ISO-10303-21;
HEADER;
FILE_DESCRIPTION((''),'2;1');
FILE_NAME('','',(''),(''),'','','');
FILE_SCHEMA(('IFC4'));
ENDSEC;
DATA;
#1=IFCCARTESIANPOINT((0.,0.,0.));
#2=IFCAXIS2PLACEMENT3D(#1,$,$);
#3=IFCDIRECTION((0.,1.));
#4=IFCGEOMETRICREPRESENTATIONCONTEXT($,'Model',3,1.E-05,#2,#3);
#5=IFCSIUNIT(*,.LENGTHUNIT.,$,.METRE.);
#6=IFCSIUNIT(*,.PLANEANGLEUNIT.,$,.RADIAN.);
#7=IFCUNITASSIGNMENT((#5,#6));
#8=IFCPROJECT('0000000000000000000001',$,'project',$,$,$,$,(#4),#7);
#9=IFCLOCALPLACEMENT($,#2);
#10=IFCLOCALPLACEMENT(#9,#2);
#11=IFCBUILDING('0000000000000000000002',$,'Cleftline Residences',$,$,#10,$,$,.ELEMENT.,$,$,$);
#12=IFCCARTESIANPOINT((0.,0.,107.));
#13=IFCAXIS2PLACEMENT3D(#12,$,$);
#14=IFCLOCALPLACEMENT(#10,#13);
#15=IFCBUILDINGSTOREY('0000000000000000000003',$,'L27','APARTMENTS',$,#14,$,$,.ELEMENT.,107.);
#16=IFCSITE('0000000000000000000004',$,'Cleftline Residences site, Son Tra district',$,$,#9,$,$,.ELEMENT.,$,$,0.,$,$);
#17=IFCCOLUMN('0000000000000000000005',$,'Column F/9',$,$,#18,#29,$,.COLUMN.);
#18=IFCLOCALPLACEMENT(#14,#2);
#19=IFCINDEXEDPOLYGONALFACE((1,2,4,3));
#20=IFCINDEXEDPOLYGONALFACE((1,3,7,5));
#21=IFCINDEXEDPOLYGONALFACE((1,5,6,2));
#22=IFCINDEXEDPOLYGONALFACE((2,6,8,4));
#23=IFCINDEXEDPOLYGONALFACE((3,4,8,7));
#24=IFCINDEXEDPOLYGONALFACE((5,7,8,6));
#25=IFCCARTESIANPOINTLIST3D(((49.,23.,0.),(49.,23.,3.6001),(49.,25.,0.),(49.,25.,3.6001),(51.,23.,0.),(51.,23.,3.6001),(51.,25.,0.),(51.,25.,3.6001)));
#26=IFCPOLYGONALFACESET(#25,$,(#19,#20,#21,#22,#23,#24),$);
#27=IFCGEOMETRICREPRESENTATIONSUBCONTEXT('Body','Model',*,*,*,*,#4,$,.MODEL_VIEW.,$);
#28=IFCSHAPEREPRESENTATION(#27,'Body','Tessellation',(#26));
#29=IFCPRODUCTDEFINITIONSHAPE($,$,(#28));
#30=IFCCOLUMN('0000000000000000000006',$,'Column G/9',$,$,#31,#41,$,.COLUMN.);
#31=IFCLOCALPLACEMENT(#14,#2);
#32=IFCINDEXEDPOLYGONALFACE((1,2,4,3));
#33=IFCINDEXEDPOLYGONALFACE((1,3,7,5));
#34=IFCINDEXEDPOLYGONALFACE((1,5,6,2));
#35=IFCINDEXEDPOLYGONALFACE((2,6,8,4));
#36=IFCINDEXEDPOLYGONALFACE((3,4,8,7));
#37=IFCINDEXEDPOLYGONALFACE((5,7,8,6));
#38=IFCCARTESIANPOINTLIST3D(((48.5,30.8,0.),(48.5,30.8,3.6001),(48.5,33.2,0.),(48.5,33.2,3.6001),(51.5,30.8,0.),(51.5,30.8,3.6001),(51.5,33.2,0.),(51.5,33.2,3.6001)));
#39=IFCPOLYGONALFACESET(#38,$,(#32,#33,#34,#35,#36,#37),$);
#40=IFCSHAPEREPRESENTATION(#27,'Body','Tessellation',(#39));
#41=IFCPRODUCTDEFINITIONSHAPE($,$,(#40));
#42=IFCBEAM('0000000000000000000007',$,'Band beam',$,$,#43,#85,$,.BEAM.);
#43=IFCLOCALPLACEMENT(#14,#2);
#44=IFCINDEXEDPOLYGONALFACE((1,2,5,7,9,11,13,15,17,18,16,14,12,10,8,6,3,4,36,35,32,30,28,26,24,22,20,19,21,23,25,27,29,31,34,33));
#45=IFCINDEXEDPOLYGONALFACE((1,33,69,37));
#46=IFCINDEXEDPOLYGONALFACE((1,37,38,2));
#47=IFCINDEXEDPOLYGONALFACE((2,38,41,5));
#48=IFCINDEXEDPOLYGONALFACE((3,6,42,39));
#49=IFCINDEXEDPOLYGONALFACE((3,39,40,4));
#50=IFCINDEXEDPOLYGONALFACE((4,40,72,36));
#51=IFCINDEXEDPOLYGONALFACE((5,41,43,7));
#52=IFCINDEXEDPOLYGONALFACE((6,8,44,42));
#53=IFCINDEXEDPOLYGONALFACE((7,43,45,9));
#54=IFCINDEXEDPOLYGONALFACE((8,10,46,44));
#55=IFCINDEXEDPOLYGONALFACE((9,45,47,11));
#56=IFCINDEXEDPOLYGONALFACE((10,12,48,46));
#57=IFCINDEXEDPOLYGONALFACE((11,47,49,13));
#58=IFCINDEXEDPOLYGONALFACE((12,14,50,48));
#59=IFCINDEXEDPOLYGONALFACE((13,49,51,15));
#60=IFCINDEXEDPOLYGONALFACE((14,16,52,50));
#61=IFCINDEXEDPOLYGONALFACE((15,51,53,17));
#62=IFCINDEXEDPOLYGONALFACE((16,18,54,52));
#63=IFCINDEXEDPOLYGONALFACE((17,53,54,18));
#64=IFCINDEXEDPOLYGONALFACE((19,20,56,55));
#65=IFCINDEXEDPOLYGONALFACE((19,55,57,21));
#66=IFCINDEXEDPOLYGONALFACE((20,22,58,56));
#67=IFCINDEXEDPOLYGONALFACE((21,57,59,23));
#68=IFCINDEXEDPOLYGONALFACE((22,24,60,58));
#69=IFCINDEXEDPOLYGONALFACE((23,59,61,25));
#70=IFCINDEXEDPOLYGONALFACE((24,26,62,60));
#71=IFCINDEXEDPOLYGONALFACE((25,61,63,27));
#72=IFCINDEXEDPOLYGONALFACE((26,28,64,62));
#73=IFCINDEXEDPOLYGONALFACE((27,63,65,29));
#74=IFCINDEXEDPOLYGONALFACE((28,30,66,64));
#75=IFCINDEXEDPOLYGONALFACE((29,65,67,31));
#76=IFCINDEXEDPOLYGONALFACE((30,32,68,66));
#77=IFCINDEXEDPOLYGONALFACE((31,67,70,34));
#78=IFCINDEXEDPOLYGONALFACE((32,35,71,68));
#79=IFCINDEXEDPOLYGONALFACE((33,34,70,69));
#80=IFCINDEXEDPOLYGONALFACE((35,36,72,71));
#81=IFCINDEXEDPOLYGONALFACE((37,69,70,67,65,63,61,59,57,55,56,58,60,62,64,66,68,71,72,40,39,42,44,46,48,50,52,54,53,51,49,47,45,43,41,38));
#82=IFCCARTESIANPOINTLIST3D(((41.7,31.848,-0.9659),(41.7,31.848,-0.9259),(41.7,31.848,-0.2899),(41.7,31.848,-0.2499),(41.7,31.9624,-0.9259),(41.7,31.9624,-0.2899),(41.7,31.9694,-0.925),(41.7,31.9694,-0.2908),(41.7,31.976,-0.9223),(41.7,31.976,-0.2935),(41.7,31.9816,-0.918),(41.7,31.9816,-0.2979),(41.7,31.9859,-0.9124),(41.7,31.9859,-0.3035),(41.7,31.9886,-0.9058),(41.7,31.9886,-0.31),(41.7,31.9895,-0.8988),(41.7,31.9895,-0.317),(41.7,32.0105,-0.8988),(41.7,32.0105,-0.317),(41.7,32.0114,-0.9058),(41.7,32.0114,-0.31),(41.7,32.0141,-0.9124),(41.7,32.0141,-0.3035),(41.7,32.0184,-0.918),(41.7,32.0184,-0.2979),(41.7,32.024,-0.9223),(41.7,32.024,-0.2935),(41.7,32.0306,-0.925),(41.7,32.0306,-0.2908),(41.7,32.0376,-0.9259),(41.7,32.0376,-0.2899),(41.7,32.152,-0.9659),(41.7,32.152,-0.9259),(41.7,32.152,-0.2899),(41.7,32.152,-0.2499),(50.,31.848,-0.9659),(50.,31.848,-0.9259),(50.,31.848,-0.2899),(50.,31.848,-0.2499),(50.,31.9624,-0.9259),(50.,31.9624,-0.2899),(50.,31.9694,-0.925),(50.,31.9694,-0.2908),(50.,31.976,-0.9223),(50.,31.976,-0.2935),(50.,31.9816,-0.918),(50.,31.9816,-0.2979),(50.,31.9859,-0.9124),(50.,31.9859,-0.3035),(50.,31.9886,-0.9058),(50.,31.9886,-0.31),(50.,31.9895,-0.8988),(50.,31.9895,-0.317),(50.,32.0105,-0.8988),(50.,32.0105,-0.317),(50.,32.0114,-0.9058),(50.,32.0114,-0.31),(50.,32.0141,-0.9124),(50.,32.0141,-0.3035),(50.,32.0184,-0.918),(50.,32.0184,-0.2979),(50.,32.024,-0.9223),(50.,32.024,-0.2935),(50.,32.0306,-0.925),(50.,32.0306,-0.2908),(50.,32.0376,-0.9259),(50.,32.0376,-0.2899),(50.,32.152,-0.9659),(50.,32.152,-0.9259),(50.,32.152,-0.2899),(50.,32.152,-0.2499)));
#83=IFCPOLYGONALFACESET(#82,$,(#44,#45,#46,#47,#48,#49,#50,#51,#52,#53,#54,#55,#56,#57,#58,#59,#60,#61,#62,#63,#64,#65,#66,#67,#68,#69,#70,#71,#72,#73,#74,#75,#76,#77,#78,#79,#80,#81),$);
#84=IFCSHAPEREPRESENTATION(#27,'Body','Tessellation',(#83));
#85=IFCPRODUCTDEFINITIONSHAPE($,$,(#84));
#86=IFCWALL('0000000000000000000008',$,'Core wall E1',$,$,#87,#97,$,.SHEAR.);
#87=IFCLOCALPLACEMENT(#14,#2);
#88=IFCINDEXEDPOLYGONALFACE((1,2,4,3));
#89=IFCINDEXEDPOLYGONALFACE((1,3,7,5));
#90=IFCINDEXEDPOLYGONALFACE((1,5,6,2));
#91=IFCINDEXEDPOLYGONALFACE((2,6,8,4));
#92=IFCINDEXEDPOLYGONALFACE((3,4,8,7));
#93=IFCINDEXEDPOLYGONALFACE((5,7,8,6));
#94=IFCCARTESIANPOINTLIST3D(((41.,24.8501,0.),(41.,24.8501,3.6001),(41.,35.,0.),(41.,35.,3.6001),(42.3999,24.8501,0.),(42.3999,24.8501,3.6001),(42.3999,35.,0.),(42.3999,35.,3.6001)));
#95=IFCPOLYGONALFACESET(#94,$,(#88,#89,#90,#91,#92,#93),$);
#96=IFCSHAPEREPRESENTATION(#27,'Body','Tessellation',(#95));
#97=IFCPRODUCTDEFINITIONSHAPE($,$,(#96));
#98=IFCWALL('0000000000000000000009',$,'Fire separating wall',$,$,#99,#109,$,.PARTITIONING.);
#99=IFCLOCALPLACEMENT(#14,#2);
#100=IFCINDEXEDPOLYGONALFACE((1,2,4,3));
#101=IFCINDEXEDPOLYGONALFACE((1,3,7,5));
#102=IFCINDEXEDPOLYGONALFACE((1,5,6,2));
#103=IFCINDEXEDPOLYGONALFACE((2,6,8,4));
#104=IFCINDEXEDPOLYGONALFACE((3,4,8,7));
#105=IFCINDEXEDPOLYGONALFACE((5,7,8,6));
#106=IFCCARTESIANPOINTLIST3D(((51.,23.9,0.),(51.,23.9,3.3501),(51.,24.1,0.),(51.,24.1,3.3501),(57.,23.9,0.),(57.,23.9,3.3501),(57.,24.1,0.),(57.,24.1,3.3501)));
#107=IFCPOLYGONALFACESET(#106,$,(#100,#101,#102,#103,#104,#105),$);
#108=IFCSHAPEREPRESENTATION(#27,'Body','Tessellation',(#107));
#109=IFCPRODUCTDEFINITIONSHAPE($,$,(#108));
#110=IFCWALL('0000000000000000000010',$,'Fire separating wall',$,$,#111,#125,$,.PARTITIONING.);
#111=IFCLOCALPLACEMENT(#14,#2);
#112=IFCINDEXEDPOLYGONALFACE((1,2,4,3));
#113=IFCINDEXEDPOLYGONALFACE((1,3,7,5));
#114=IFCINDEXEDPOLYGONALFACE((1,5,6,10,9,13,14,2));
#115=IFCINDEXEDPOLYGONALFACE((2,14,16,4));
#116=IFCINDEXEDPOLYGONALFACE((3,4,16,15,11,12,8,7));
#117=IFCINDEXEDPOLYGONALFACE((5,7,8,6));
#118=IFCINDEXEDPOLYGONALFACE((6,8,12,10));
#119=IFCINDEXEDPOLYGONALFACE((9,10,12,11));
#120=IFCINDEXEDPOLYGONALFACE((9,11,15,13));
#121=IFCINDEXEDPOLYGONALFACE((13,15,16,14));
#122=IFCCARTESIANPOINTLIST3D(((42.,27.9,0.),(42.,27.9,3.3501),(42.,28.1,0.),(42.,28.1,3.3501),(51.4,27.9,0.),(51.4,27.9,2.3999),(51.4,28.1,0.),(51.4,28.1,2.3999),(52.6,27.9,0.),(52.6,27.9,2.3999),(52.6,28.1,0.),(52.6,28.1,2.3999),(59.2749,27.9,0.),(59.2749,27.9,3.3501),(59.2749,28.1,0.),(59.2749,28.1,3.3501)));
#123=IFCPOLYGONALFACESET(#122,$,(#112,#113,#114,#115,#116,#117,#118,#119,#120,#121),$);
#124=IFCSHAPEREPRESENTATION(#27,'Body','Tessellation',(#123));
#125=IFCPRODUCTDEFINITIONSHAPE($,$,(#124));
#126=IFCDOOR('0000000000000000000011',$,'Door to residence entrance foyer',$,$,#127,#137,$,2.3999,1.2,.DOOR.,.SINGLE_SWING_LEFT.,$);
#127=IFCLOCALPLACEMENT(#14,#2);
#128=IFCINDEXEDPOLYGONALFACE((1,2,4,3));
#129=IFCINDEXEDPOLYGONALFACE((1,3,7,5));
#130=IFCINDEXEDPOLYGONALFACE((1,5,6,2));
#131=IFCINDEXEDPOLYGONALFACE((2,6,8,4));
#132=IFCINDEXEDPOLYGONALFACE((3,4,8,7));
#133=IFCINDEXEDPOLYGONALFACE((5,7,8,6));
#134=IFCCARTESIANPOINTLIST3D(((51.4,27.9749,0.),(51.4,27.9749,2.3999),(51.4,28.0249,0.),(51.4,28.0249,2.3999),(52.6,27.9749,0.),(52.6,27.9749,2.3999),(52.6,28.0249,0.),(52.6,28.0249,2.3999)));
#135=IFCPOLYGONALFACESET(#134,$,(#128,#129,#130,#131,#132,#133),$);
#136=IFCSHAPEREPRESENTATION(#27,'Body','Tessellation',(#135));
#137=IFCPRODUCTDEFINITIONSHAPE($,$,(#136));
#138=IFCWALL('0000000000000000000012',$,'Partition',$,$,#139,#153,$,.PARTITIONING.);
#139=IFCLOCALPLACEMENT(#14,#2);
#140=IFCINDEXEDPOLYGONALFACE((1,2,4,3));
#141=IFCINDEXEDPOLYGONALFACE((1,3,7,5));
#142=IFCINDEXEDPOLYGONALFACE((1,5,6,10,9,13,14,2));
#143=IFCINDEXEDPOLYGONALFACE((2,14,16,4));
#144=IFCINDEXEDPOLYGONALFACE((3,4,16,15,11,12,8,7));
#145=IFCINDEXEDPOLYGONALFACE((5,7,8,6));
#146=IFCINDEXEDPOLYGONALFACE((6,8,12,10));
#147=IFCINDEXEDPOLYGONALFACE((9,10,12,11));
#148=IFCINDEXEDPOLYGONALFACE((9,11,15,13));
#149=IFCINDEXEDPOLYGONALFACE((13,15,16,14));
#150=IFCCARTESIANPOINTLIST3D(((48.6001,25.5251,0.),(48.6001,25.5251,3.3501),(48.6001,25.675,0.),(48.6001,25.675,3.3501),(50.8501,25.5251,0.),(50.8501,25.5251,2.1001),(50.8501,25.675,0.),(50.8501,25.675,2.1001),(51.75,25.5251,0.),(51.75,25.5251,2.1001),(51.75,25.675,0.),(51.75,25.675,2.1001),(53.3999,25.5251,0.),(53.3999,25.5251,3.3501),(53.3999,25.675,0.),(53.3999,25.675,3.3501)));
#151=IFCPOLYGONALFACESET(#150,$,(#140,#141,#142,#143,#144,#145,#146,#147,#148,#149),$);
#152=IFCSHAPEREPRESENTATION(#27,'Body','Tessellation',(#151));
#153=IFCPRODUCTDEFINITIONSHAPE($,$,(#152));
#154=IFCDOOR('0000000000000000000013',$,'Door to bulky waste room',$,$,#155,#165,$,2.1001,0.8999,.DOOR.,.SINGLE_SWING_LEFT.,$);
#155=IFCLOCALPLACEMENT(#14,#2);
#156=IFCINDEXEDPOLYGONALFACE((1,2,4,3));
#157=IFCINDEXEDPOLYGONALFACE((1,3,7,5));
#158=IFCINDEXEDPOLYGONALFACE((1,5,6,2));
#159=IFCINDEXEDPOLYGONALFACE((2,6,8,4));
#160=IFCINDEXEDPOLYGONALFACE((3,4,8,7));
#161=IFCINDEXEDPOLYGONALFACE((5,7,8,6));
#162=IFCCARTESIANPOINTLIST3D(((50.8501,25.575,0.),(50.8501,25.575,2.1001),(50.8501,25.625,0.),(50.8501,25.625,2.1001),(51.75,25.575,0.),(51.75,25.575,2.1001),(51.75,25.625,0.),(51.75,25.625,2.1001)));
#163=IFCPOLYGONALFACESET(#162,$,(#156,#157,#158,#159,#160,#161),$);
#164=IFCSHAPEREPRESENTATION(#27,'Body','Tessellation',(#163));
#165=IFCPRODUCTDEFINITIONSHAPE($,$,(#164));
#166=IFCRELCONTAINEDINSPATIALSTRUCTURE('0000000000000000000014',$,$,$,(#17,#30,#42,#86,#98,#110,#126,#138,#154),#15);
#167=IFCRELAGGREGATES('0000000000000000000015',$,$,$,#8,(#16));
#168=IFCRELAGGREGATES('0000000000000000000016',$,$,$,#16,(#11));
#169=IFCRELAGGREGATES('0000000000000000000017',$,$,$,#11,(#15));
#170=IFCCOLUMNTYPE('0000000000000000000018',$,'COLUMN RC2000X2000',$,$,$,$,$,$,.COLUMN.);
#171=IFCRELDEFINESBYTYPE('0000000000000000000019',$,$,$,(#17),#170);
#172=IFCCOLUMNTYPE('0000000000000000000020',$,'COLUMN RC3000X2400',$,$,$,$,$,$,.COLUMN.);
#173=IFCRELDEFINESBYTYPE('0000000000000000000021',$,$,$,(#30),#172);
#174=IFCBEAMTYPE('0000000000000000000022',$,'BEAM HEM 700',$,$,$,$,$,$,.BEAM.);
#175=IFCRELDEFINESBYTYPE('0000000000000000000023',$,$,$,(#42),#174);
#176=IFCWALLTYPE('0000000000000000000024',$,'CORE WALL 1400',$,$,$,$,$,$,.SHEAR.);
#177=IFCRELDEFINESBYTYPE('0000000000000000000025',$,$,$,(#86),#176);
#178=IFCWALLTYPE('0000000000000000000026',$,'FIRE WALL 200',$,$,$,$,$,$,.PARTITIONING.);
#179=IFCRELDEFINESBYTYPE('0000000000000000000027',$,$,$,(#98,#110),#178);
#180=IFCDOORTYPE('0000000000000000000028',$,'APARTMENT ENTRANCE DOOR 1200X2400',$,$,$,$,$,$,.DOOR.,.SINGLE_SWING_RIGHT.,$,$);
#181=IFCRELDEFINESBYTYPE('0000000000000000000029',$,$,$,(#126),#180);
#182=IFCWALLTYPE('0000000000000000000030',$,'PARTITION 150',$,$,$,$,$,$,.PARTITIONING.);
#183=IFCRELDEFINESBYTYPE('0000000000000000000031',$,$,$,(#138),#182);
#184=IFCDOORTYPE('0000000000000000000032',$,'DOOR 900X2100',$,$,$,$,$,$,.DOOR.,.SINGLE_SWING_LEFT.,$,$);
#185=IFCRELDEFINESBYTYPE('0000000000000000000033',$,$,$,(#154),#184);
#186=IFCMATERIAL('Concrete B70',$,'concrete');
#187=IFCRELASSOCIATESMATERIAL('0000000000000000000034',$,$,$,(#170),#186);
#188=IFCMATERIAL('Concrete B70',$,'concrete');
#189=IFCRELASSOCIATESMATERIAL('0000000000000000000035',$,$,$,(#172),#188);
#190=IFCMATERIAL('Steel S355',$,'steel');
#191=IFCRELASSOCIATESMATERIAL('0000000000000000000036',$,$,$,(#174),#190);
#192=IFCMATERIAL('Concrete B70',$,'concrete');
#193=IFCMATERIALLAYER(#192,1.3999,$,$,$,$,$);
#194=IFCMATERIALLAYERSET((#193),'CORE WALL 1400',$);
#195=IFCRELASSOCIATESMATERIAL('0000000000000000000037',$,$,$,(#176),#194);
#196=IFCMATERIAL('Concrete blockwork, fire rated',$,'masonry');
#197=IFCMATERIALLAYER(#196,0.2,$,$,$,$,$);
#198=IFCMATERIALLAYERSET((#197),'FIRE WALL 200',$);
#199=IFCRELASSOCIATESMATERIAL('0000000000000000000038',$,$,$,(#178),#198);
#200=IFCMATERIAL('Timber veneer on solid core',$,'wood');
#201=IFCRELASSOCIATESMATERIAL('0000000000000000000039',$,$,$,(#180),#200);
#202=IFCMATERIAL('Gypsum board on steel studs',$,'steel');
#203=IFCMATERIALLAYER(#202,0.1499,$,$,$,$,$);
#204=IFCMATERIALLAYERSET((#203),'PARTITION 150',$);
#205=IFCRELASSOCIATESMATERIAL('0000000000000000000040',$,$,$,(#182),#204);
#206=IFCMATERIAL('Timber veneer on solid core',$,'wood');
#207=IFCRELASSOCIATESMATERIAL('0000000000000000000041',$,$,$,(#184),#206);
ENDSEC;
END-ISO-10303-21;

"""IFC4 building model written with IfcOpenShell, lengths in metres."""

from ifc_helpers import new_model, si_unit, direction, frame, frame_2d, origin, origin_2d, place, context, subcontext, project, spatial, rectangle, i_section, extrude, material, layer, layer_set, material_profile, profile_set, type_object, element, fill, save


model = new_model("IFC4")

# Units and contexts
model_context = context("Model", 3, precision=1e-05, world=origin(), true_north=direction((0.0, 1.0)))
body_context = subcontext(model_context, "Body", "Model", "MODEL_VIEW")
ifc_project = project(units=[si_unit("LENGTHUNIT", "METRE"), si_unit("PLANEANGLEUNIT", "RADIAN")], contexts=[model_context])

# Site, building, storey
site_placement = place(None, origin())
site = spatial("IfcSite", under=ifc_project, at=site_placement, Name="Cleftline Residences site, Son Tra district", CompositionType="ELEMENT", RefElevation=0.0)
building_placement = place(site_placement, origin())
building = spatial("IfcBuilding", under=site, at=building_placement, Name="Cleftline Residences", CompositionType="ELEMENT")
storey_placement = place(building_placement, frame((0.0, 0.0, 107.0)))
storey = spatial("IfcBuildingStorey", under=building, at=storey_placement, Name="L27", Description="APARTMENTS", CompositionType="ELEMENT", Elevation=107.0)

# Columns
ifc_material_1 = material(Name="Concrete B70", Category="concrete")
ifc_material_profile_1 = material_profile(ifc_material_1, rectangle(XDim=2.0, YDim=2.0, at=origin_2d()))
ifc_profile_set_1 = profile_set([ifc_material_profile_1], Name="Concrete B70")
column_type_1 = type_object("IfcColumnType", Name="COLUMN RC2000X2000", PredefinedType="COLUMN", material=ifc_profile_set_1)
column_1_placement = place(storey_placement, frame((50.0, 24.0, 0.0), z_axis=(0.0, 0.0, 1.0), x_axis=(1.0, 0.0, 0.0)))
element("IfcColumn", 1, at=column_1_placement, inside=storey, type_object=column_type_1, Name="Column F/9", PredefinedType="COLUMN", context=body_context, shape_type="SweptSolid", body=[
    extrude(rectangle(XDim=2.0, YDim=2.0, at=origin_2d()), origin(), (0.0, 0.0, 1.0), 3.6001),
])
ifc_material_2 = material(Name="Concrete B70", Category="concrete")
ifc_material_profile_2 = material_profile(ifc_material_2, rectangle(XDim=3.0, YDim=2.3999, at=origin_2d()))
ifc_profile_set_2 = profile_set([ifc_material_profile_2], Name="Concrete B70")
column_type_2 = type_object("IfcColumnType", Name="COLUMN RC3000X2400", PredefinedType="COLUMN", material=ifc_profile_set_2)
column_2_placement = place(storey_placement, frame((50.0, 32.0, 0.0), z_axis=(0.0, 0.0, 1.0), x_axis=(1.0, 0.0, 0.0)))
element("IfcColumn", 2, at=column_2_placement, inside=storey, type_object=column_type_2, Name="Column G/9", PredefinedType="COLUMN", context=body_context, shape_type="SweptSolid", body=[
    extrude(rectangle(XDim=3.0, YDim=2.3999, at=origin_2d()), origin(), (0.0, 0.0, 1.0), 3.6001),
])

# Beam
ifc_material_3 = material(Name="Steel S355", Category="steel")
ifc_material_profile_3 = material_profile(ifc_material_3, i_section(OverallWidth=0.304, OverallDepth=0.7161, WebThickness=0.021, FlangeThickness=0.04, FilletRadius=0.0271, at=origin_2d()))
ifc_profile_set_3 = profile_set([ifc_material_profile_3], Name="Steel S355")
beam_type = type_object("IfcBeamType", Name="BEAM HEM 700", PredefinedType="BEAM", material=ifc_profile_set_3)
beam_placement = place(storey_placement, frame((50.0, 32.0, -0.6079), z_axis=(-1.0, 0.0, 0.0), x_axis=(0.0, -1.0, 0.0)))
element("IfcBeam", 3, at=beam_placement, inside=storey, type_object=beam_type, Name="Band beam", PredefinedType="BEAM", context=body_context, shape_type="SweptSolid", body=[
    extrude(i_section(OverallWidth=0.304, OverallDepth=0.7161, WebThickness=0.021, FlangeThickness=0.04, FilletRadius=0.0271, at=origin_2d()), origin(), (0.0, 0.0, 1.0), 8.3),
])

# Walls
ifc_material_4 = material(Name="Concrete B70", Category="concrete")
ifc_layer_1 = layer(ifc_material_4, 1.3999)
ifc_layer_set_1 = layer_set([ifc_layer_1], Name="CORE WALL 1400")
wall_type_1 = type_object("IfcWallType", Name="CORE WALL 1400", PredefinedType="SHEAR", material=ifc_layer_set_1)
wall_1_placement = place(storey_placement, frame((41.7, 24.8501, 0.0), z_axis=(0.0, 0.0, 1.0), x_axis=(0.0, 1.0, 0.0)))
element("IfcWall", 4, at=wall_1_placement, inside=storey, type_object=wall_type_1, Name="Core wall E1", PredefinedType="SHEAR", context=body_context, shape_type="SweptSolid", body=[
    extrude(rectangle(XDim=10.1499, YDim=1.3999, at=frame_2d((5.075, 0.0))), origin(), (0.0, 0.0, 1.0), 3.6001),
])
ifc_material_5 = material(Name="Concrete blockwork, fire rated", Category="masonry")
ifc_layer_2 = layer(ifc_material_5, 0.2)
ifc_layer_set_2 = layer_set([ifc_layer_2], Name="FIRE WALL 200")
wall_type_2 = type_object("IfcWallType", Name="FIRE WALL 200", PredefinedType="PARTITIONING", material=ifc_layer_set_2)
wall_2_placement = place(storey_placement, frame((51.0, 24.0, 0.0), z_axis=(0.0, 0.0, 1.0), x_axis=(1.0, 0.0, 0.0)))
element("IfcWall", 5, at=wall_2_placement, inside=storey, type_object=wall_type_2, Name="Fire separating wall", PredefinedType="PARTITIONING", context=body_context, shape_type="SweptSolid", body=[
    extrude(rectangle(XDim=6.0, YDim=0.2, at=frame_2d((3.0, 0.0))), origin(), (0.0, 0.0, 1.0), 3.3501),
])

# Walls, openings, doors
wall_3_placement = place(storey_placement, frame((42.0, 28.0, 0.0), z_axis=(0.0, 0.0, 1.0), x_axis=(1.0, 0.0, 0.0)))
wall_3 = element("IfcWall", 6, at=wall_3_placement, inside=storey, type_object=wall_type_2, Name="Fire separating wall", PredefinedType="PARTITIONING", context=body_context, shape_type="SweptSolid", body=[
    extrude(rectangle(XDim=17.2749, YDim=0.2, at=frame_2d((8.6375, 0.0))), origin(), (0.0, 0.0, 1.0), 3.3501),
])
opening_1_placement = place(wall_3_placement, frame((9.3999, 0.0, 0.0)))
opening_1 = element("IfcOpeningElement", 7, at=opening_1_placement, cuts=wall_3, PredefinedType="OPENING", context=body_context, shape_type="SweptSolid", body=[
    extrude(rectangle(XDim=1.2, YDim=2.3999, at=frame_2d((0.6001, 1.2))), frame((0.0, 0.1099, 0.0), z_axis=(0.0, -1.0, 0.0), x_axis=(1.0, 0.0, 0.0)), (0.0, 0.0, 1.0), 0.22),
])
ifc_material_6 = material(Name="Timber veneer on solid core", Category="wood")
door_type_1 = type_object("IfcDoorType", Name="APARTMENT ENTRANCE DOOR 1200X2400", OperationType="SINGLE_SWING_RIGHT", PredefinedType="DOOR", material=ifc_material_6)
door_1_placement = place(opening_1_placement, origin())
door_1 = element("IfcDoor", 8, at=door_1_placement, inside=storey, type_object=door_type_1, Name="Door to residence entrance foyer", OperationType="SINGLE_SWING_LEFT", OverallHeight=2.3999, OverallWidth=1.2, PredefinedType="DOOR", context=body_context, shape_type="SweptSolid", body=[
    extrude(rectangle(XDim=1.2, YDim=2.3999, at=frame_2d((0.6001, 1.2))), frame((0.0, 0.0249, 0.0), z_axis=(0.0, -1.0, 0.0), x_axis=(1.0, 0.0, 0.0)), (0.0, 0.0, 1.0), 0.05),
])
fill(opening_1, door_1)
ifc_material_7 = material(Name="Gypsum board on steel studs", Category="steel")
ifc_layer_3 = layer(ifc_material_7, 0.1499)
ifc_layer_set_3 = layer_set([ifc_layer_3], Name="PARTITION 150")
wall_type_3 = type_object("IfcWallType", Name="PARTITION 150", PredefinedType="PARTITIONING", material=ifc_layer_set_3)
wall_4_placement = place(storey_placement, frame((48.6001, 25.6001, 0.0), z_axis=(0.0, 0.0, 1.0), x_axis=(1.0, 0.0, 0.0)))
wall_4 = element("IfcWall", 9, at=wall_4_placement, inside=storey, type_object=wall_type_3, Name="Partition", PredefinedType="PARTITIONING", context=body_context, shape_type="SweptSolid", body=[
    extrude(rectangle(XDim=4.7998, YDim=0.1499, at=frame_2d((2.3999, 0.0))), origin(), (0.0, 0.0, 1.0), 3.3501),
])
opening_2_placement = place(wall_4_placement, frame((2.25, 0.0, 0.0)))
opening_2 = element("IfcOpeningElement", 10, at=opening_2_placement, cuts=wall_4, PredefinedType="OPENING", context=body_context, shape_type="SweptSolid", body=[
    extrude(rectangle(XDim=0.8999, YDim=2.1001, at=frame_2d((0.45, 1.05))), frame((0.0, 0.085, 0.0), z_axis=(0.0, -1.0, 0.0), x_axis=(1.0, 0.0, 0.0)), (0.0, 0.0, 1.0), 0.1699),
])
ifc_material_8 = material(Name="Timber veneer on solid core", Category="wood")
door_type_2 = type_object("IfcDoorType", Name="DOOR 900X2100", OperationType="SINGLE_SWING_LEFT", PredefinedType="DOOR", material=ifc_material_8)
door_2_placement = place(opening_2_placement, origin())
door_2 = element("IfcDoor", 11, at=door_2_placement, inside=storey, type_object=door_type_2, Name="Door to bulky waste room", OperationType="SINGLE_SWING_LEFT", OverallHeight=2.1001, OverallWidth=0.8999, PredefinedType="DOOR", context=body_context, shape_type="SweptSolid", body=[
    extrude(rectangle(XDim=0.8999, YDim=2.1001, at=frame_2d((0.45, 1.05))), frame((0.0, 0.0249, 0.0), z_axis=(0.0, -1.0, 0.0), x_axis=(1.0, 0.0, 0.0)), (0.0, 0.0, 1.0), 0.05),
])
fill(opening_2, door_2)

save(model, "model.ifc")
